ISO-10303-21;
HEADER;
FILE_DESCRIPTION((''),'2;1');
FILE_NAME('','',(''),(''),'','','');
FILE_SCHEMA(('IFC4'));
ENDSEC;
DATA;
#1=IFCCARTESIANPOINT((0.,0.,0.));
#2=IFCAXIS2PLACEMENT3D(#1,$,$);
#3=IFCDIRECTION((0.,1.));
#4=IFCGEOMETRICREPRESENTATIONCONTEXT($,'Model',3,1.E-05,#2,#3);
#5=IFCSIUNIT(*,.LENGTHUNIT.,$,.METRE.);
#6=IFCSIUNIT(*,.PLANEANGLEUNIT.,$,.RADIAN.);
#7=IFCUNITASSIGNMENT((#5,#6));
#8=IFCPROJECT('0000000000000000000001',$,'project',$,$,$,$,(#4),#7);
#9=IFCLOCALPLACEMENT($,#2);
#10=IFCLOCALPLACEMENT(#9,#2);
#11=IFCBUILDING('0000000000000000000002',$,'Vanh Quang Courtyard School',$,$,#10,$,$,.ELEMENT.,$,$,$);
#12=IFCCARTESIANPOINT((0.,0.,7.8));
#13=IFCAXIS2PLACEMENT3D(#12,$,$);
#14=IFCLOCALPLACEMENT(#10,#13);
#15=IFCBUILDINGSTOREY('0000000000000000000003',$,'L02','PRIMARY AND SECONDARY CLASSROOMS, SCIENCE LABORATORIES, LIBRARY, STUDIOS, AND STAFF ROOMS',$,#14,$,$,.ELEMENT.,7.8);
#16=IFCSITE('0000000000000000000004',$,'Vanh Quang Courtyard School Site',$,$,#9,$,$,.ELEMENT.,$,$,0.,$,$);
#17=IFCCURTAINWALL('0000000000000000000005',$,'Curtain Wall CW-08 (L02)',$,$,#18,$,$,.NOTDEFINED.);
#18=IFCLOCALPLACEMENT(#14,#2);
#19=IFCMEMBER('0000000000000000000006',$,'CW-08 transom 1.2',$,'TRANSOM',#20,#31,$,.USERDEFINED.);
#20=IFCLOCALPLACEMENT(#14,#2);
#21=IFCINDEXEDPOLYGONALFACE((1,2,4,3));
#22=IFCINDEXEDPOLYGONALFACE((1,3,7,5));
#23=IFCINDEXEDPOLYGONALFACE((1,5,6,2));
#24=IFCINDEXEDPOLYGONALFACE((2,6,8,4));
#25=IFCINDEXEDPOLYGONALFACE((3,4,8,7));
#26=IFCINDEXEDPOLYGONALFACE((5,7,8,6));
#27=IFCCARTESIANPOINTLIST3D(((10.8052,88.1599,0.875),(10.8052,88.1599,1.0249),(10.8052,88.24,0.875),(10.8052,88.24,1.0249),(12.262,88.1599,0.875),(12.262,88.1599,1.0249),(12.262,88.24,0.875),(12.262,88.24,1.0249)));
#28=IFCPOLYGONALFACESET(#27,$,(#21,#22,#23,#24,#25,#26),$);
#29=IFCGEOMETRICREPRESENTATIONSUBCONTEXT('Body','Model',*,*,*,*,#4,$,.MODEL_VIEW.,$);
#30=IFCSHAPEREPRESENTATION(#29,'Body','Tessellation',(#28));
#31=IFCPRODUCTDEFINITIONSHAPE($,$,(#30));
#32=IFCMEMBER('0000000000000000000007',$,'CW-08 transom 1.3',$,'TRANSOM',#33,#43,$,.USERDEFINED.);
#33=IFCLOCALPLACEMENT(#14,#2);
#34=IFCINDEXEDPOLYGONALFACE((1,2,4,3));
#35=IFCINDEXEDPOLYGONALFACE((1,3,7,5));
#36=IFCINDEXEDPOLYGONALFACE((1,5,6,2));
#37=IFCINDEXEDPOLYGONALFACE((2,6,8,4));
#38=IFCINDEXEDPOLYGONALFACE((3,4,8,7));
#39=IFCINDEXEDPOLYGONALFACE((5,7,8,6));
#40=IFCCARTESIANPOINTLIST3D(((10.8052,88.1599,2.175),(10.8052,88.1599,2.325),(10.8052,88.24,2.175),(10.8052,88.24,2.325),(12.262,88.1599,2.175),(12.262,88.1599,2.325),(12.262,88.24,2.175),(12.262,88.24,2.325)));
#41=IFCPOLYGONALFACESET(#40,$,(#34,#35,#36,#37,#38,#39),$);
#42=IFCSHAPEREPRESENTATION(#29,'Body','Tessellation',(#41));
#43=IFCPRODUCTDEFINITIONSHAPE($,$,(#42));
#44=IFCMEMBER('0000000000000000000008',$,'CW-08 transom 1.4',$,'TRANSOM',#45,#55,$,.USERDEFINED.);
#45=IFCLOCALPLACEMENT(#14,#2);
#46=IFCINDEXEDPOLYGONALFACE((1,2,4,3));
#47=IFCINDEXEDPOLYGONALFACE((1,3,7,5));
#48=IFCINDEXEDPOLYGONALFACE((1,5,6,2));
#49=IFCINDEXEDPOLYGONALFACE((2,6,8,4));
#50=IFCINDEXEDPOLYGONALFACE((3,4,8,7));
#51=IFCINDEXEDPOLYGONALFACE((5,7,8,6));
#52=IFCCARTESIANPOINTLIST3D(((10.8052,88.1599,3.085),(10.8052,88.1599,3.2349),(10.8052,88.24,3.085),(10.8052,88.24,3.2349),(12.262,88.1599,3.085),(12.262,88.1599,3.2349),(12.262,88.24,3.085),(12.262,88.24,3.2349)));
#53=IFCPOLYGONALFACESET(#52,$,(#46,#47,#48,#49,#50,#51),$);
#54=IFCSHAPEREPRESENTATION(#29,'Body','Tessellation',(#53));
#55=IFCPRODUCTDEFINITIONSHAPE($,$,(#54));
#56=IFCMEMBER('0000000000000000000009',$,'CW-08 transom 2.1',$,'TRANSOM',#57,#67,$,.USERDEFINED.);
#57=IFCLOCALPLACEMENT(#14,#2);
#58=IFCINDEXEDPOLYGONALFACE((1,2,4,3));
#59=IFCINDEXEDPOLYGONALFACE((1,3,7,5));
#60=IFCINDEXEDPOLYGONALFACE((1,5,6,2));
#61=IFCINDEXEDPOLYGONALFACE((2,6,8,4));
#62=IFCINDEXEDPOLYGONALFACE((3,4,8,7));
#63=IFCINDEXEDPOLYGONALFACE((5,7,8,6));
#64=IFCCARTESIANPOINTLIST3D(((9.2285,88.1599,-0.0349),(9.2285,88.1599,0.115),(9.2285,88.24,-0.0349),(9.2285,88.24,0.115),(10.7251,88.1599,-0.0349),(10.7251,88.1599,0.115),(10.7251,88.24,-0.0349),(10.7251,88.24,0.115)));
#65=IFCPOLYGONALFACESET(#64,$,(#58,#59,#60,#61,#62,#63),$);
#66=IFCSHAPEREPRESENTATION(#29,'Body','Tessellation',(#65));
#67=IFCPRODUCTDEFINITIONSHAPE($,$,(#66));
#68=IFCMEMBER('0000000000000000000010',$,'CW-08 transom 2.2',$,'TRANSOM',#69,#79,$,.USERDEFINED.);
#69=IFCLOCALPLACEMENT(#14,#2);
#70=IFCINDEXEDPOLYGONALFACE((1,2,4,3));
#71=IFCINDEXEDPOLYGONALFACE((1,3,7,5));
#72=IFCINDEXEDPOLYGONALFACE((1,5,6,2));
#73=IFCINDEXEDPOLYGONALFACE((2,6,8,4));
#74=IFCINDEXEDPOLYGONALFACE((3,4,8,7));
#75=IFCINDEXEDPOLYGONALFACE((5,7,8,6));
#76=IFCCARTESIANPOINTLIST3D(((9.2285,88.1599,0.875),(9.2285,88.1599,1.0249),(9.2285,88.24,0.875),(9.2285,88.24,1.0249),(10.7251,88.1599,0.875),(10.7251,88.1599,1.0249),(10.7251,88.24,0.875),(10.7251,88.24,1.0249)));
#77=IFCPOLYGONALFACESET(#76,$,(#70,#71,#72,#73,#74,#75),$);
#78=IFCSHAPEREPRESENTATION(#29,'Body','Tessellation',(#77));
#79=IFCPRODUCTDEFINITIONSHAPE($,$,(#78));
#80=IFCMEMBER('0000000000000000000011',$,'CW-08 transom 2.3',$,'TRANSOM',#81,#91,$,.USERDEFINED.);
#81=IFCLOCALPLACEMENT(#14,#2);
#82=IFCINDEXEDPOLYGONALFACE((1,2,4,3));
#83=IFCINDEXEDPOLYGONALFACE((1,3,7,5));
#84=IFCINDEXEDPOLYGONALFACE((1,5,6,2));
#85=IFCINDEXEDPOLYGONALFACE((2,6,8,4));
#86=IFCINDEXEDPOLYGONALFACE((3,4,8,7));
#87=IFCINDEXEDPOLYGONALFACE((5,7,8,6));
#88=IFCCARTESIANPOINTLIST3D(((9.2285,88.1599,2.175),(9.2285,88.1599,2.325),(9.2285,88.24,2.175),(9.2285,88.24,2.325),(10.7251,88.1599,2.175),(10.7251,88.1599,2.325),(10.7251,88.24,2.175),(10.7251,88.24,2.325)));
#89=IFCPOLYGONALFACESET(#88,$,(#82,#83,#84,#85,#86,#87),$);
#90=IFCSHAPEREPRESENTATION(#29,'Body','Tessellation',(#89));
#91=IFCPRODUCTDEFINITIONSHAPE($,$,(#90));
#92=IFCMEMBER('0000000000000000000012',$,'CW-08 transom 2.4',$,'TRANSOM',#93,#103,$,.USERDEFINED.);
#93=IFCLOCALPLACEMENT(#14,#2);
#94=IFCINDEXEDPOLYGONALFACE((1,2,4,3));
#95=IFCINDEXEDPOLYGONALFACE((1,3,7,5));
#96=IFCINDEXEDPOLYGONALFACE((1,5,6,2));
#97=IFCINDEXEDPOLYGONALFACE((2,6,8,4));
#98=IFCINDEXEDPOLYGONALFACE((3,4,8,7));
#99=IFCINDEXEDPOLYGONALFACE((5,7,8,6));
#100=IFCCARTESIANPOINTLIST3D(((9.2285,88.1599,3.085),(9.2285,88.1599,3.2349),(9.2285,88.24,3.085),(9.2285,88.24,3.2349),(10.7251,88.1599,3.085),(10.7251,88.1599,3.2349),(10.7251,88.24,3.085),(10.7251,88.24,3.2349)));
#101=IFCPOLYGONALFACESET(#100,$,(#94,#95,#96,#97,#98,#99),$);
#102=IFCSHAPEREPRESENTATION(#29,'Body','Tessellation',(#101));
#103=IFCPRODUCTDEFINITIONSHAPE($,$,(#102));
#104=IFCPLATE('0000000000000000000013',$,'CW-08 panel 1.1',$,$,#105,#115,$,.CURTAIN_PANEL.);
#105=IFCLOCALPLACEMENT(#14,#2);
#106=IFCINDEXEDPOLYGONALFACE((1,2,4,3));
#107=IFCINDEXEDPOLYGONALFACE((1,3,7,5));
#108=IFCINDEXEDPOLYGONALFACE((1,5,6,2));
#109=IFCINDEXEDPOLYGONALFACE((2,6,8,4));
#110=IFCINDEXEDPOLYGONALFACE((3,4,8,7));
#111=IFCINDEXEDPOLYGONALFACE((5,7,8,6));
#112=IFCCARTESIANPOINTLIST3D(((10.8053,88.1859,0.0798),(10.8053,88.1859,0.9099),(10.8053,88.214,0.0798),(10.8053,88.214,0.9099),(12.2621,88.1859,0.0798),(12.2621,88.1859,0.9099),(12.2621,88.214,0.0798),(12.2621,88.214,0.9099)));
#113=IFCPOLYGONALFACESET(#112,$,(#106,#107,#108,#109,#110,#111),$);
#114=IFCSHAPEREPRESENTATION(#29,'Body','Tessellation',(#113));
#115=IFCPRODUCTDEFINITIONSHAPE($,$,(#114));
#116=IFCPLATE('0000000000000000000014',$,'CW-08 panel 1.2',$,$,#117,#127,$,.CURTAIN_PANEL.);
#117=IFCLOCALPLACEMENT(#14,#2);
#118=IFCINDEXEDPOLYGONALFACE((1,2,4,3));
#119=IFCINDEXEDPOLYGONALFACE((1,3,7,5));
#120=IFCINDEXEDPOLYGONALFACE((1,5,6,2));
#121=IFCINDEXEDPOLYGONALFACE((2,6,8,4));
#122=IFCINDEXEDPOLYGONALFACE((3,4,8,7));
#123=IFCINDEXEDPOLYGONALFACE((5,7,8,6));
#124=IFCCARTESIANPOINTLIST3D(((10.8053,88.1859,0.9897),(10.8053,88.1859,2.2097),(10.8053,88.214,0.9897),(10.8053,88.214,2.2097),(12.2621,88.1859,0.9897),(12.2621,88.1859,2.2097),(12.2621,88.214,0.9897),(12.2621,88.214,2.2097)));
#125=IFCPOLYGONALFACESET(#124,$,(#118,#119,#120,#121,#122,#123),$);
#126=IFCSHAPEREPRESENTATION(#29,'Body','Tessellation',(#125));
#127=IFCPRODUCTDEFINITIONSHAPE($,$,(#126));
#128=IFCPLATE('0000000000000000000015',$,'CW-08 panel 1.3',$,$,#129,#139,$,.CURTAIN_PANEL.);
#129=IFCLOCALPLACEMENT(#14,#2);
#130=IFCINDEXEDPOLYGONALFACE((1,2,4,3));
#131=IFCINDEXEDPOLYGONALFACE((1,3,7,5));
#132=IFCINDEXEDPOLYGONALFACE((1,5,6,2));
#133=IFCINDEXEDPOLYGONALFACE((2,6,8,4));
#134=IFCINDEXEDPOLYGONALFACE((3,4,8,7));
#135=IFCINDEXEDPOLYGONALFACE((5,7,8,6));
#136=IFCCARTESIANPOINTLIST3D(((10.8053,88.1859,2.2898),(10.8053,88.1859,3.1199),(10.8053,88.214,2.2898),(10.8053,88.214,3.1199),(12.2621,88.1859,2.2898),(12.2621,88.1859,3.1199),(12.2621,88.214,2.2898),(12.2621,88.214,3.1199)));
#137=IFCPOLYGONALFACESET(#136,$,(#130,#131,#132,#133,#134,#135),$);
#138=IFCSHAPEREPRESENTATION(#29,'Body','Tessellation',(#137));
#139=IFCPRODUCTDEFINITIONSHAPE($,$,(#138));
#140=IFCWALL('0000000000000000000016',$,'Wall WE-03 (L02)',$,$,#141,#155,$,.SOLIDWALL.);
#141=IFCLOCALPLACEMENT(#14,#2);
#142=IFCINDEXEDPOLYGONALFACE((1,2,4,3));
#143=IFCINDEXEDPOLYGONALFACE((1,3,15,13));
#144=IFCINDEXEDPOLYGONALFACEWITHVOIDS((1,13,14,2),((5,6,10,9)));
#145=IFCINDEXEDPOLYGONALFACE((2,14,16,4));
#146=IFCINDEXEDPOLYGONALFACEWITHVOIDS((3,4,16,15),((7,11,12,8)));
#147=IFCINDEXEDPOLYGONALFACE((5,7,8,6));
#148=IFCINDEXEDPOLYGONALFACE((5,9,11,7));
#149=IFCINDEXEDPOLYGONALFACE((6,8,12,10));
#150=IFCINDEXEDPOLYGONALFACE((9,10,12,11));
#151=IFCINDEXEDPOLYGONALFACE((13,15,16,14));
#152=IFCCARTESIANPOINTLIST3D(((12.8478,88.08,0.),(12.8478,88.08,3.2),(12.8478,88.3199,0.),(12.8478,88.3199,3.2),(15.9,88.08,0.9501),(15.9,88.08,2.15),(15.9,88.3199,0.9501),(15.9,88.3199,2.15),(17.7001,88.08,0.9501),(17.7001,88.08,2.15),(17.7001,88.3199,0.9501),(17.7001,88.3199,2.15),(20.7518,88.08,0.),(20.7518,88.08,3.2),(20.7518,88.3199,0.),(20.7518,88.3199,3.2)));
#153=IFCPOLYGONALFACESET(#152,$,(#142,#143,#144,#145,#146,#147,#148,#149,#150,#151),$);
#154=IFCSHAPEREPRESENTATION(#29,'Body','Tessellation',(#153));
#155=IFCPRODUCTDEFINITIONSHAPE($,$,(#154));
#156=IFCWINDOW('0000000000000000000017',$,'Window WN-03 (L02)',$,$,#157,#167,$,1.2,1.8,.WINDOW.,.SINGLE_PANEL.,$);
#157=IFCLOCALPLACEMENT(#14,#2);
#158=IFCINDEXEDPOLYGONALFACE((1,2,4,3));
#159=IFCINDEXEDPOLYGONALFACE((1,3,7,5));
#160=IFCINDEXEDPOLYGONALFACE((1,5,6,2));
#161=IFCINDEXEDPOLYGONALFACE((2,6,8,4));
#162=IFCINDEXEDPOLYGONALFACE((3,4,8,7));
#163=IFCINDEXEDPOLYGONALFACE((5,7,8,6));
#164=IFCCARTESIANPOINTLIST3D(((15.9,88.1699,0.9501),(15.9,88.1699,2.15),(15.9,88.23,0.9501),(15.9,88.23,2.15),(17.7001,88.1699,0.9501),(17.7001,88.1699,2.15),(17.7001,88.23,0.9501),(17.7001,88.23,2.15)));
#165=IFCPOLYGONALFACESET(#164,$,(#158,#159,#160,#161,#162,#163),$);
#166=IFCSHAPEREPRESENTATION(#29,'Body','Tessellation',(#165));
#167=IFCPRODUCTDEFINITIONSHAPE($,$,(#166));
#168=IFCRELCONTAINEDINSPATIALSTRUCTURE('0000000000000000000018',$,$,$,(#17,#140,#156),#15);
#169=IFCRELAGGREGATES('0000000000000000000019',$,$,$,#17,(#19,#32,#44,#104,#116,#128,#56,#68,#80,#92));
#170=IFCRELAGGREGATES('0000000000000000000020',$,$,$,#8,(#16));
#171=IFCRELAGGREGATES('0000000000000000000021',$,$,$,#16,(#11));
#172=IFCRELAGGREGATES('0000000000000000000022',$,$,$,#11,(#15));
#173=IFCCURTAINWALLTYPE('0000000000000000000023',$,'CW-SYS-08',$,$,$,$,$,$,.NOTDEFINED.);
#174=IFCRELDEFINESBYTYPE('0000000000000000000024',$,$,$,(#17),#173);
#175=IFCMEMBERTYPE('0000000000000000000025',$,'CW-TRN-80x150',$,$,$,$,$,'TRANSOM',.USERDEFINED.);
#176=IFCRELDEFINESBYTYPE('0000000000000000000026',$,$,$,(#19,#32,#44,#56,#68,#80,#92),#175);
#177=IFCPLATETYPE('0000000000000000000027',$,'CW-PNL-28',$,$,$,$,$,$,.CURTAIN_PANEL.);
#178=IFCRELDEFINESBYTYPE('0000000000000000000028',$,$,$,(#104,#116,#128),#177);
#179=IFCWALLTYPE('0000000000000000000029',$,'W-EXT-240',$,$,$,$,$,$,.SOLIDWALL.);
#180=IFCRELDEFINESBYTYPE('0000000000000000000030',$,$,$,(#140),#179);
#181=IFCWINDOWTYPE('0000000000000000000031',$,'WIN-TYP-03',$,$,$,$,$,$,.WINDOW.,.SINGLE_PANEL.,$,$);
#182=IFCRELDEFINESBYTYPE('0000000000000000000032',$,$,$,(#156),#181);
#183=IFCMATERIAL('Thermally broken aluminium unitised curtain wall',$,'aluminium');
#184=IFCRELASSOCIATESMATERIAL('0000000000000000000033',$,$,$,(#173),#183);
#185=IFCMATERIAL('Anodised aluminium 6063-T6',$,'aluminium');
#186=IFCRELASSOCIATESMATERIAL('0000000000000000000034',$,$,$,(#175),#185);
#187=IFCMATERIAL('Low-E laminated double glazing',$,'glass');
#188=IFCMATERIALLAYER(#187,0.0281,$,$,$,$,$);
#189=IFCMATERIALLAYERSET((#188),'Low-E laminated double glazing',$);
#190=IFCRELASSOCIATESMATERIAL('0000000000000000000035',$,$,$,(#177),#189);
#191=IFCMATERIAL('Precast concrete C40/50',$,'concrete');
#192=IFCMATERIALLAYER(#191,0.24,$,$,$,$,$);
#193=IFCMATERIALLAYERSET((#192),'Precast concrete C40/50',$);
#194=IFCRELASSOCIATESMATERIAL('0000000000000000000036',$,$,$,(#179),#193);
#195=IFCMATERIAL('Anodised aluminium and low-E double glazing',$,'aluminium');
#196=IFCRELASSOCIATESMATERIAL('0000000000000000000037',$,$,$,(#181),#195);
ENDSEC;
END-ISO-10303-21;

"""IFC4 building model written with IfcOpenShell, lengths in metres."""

from ifc_helpers import new_model, si_unit, direction, frame, frame_2d, origin, origin_2d, place, context, subcontext, project, spatial, rectangle, extrude, material, layer, layer_set, material_profile, profile_set, type_object, element, fill, aggregate, save


model = new_model("IFC4")

# Units and contexts
model_context = context("Model", 3, precision=1e-05, world=origin(), true_north=direction((0.0, 1.0)))
body_context = subcontext(model_context, "Body", "Model", "MODEL_VIEW")
ifc_project = project(units=[si_unit("LENGTHUNIT", "METRE"), si_unit("PLANEANGLEUNIT", "RADIAN")], contexts=[model_context])

# Site, building, storey
site_placement = place(None, origin())
site = spatial("IfcSite", under=ifc_project, at=site_placement, Name="Vanh Quang Courtyard School Site", CompositionType="ELEMENT", RefElevation=0.0)
building_placement = place(site_placement, origin())
building = spatial("IfcBuilding", under=site, at=building_placement, Name="Vanh Quang Courtyard School", CompositionType="ELEMENT")
storey_placement = place(building_placement, frame((0.0, 0.0, 7.8)))
storey = spatial("IfcBuildingStorey", under=building, at=storey_placement, Name="L02", Description="PRIMARY AND SECONDARY CLASSROOMS, SCIENCE LABORATORIES, LIBRARY, STUDIOS, AND STAFF ROOMS", CompositionType="ELEMENT", Elevation=7.8)

# Curtain wall, members, plates
ifc_material_1 = material(Name="Thermally broken aluminium unitised curtain wall", Category="aluminium")
curtain_wall_type = type_object("IfcCurtainWallType", Name="CW-SYS-08", PredefinedType="NOTDEFINED", material=ifc_material_1)
curtain_wall_placement = place(storey_placement, origin())
curtain_wall = element("IfcCurtainWall", 1, at=curtain_wall_placement, inside=storey, type_object=curtain_wall_type, Name="Curtain Wall CW-08 (L02)", PredefinedType="NOTDEFINED")
ifc_material_2 = material(Name="Anodised aluminium 6063-T6", Category="aluminium")
ifc_material_profile_1 = material_profile(ifc_material_2, rectangle(XDim=0.0801, YDim=0.1499, at=origin_2d()), Name="ALU-TRN 80x150")
ifc_profile_set_1 = profile_set([ifc_material_profile_1], Name="Anodised aluminium 6063-T6")
member_type_1 = type_object("IfcMemberType", Name="CW-TRN-80x150", ElementType="TRANSOM", PredefinedType="USERDEFINED", material=ifc_profile_set_1)
member_1_placement = place(storey_placement, frame((12.262, 88.2, 0.95), z_axis=(-1.0, 0.0, 0.0), x_axis=(0.0, -1.0, 0.0)))
member_1 = element("IfcMember", 2, at=member_1_placement, type_object=member_type_1, Name="CW-08 transom 1.2", ObjectType="TRANSOM", PredefinedType="USERDEFINED", context=body_context, shape_type="SweptSolid", body=[
    extrude(rectangle(XDim=0.0801, YDim=0.1499, at=origin_2d()), origin(), (0.0, 0.0, 1.0), 1.4568),
])
member_2_placement = place(storey_placement, frame((12.262, 88.2, 2.25), z_axis=(-1.0, 0.0, 0.0), x_axis=(0.0, -1.0, 0.0)))
member_2 = element("IfcMember", 3, at=member_2_placement, type_object=member_type_1, Name="CW-08 transom 1.3", ObjectType="TRANSOM", PredefinedType="USERDEFINED", context=body_context, shape_type="SweptSolid", body=[
    extrude(rectangle(XDim=0.0801, YDim=0.1499, at=origin_2d()), origin(), (0.0, 0.0, 1.0), 1.4568),
])
member_3_placement = place(storey_placement, frame((12.262, 88.2, 3.1599), z_axis=(-1.0, 0.0, 0.0), x_axis=(0.0, -1.0, 0.0)))
member_3 = element("IfcMember", 4, at=member_3_placement, type_object=member_type_1, Name="CW-08 transom 1.4", ObjectType="TRANSOM", PredefinedType="USERDEFINED", context=body_context, shape_type="SweptSolid", body=[
    extrude(rectangle(XDim=0.0801, YDim=0.1499, at=origin_2d()), origin(), (0.0, 0.0, 1.0), 1.4568),
])
member_4_placement = place(storey_placement, frame((10.7251, 88.2, 0.04), z_axis=(-1.0, 0.0, 0.0), x_axis=(0.0, -1.0, 0.0)))
member_4 = element("IfcMember", 5, at=member_4_placement, type_object=member_type_1, Name="CW-08 transom 2.1", ObjectType="TRANSOM", PredefinedType="USERDEFINED", context=body_context, shape_type="SweptSolid", body=[
    extrude(rectangle(XDim=0.0801, YDim=0.1499, at=origin_2d()), origin(), (0.0, 0.0, 1.0), 1.4966),
])
member_5_placement = place(storey_placement, frame((10.7251, 88.2, 0.95), z_axis=(-1.0, 0.0, 0.0), x_axis=(0.0, -1.0, 0.0)))
member_5 = element("IfcMember", 6, at=member_5_placement, type_object=member_type_1, Name="CW-08 transom 2.2", ObjectType="TRANSOM", PredefinedType="USERDEFINED", context=body_context, shape_type="SweptSolid", body=[
    extrude(rectangle(XDim=0.0801, YDim=0.1499, at=origin_2d()), origin(), (0.0, 0.0, 1.0), 1.4966),
])
member_6_placement = place(storey_placement, frame((10.7251, 88.2, 2.25), z_axis=(-1.0, 0.0, 0.0), x_axis=(0.0, -1.0, 0.0)))
member_6 = element("IfcMember", 7, at=member_6_placement, type_object=member_type_1, Name="CW-08 transom 2.3", ObjectType="TRANSOM", PredefinedType="USERDEFINED", context=body_context, shape_type="SweptSolid", body=[
    extrude(rectangle(XDim=0.0801, YDim=0.1499, at=origin_2d()), origin(), (0.0, 0.0, 1.0), 1.4966),
])
member_7_placement = place(storey_placement, frame((10.7251, 88.2, 3.1599), z_axis=(-1.0, 0.0, 0.0), x_axis=(0.0, -1.0, 0.0)))
member_7 = element("IfcMember", 8, at=member_7_placement, type_object=member_type_1, Name="CW-08 transom 2.4", ObjectType="TRANSOM", PredefinedType="USERDEFINED", context=body_context, shape_type="SweptSolid", body=[
    extrude(rectangle(XDim=0.0801, YDim=0.1499, at=origin_2d()), origin(), (0.0, 0.0, 1.0), 1.4966),
])
ifc_material_3 = material(Name="Low-E laminated double glazing", Category="glass")
ifc_layer_1 = layer(ifc_material_3, 0.0281)
ifc_layer_set_1 = layer_set([ifc_layer_1], Name="Low-E laminated double glazing")
plate_type = type_object("IfcPlateType", Name="CW-PNL-28", PredefinedType="CURTAIN_PANEL", material=ifc_layer_set_1)
plate_1_placement = place(storey_placement, frame((11.5337, 88.2, 0.0798), z_axis=(0.0, 0.0, 1.0), x_axis=(-1.0, 0.0, 0.0)))
plate_1 = element("IfcPlate", 9, at=plate_1_placement, type_object=plate_type, Name="CW-08 panel 1.1", PredefinedType="CURTAIN_PANEL", context=body_context, shape_type="SweptSolid", body=[
    extrude(rectangle(XDim=1.4568, YDim=0.0281, at=origin_2d()), origin(), (0.0, 0.0, 1.0), 0.8301),
])
plate_2_placement = place(storey_placement, frame((11.5337, 88.2, 0.9897), z_axis=(0.0, 0.0, 1.0), x_axis=(-1.0, 0.0, 0.0)))
plate_2 = element("IfcPlate", 10, at=plate_2_placement, type_object=plate_type, Name="CW-08 panel 1.2", PredefinedType="CURTAIN_PANEL", context=body_context, shape_type="SweptSolid", body=[
    extrude(rectangle(XDim=1.4568, YDim=0.0281, at=origin_2d()), origin(), (0.0, 0.0, 1.0), 1.22),
])
plate_3_placement = place(storey_placement, frame((11.5337, 88.2, 2.2898), z_axis=(0.0, 0.0, 1.0), x_axis=(-1.0, 0.0, 0.0)))
plate_3 = element("IfcPlate", 11, at=plate_3_placement, type_object=plate_type, Name="CW-08 panel 1.3", PredefinedType="CURTAIN_PANEL", context=body_context, shape_type="SweptSolid", body=[
    extrude(rectangle(XDim=1.4568, YDim=0.0281, at=origin_2d()), origin(), (0.0, 0.0, 1.0), 0.8301),
])
aggregate(curtain_wall, [member_1, member_2, member_3, plate_1, plate_2, plate_3, member_4, member_5, member_6, member_7])

# Wall, opening, window
ifc_material_4 = material(Name="Precast concrete C40/50", Category="concrete")
ifc_layer_2 = layer(ifc_material_4, 0.24)
ifc_layer_set_2 = layer_set([ifc_layer_2], Name="Precast concrete C40/50")
wall_type = type_object("IfcWallType", Name="W-EXT-240", PredefinedType="SOLIDWALL", material=ifc_layer_set_2)
wall_1_placement = place(storey_placement, frame((20.752, 88.2, 0.0), z_axis=(0.0, 0.0, 1.0), x_axis=(-1.0, 0.0, 0.0)))
wall_1 = element("IfcWall", 12, at=wall_1_placement, inside=storey, type_object=wall_type, Name="Wall WE-03 (L02)", PredefinedType="SOLIDWALL", context=body_context, shape_type="SweptSolid", body=[
    extrude(rectangle(XDim=7.9041, YDim=0.24, at=frame_2d((3.9521, 0.0))), origin(), (0.0, 0.0, 1.0), 3.2),
])
opening_1_placement = place(wall_1_placement, frame((3.052, 0.0, 0.95)))
opening_1 = element("IfcOpeningElement", 13, at=opening_1_placement, cuts=wall_1, PredefinedType="OPENING", context=body_context, shape_type="SweptSolid", body=[
    extrude(rectangle(XDim=1.8, YDim=1.2, at=frame_2d((0.8999, 0.6001))), frame((0.0, 0.1299, 0.0), z_axis=(0.0, -1.0, 0.0), x_axis=(1.0, 0.0, 0.0)), (0.0, 0.0, 1.0), 0.26),
])
ifc_material_5 = material(Name="Anodised aluminium and low-E double glazing", Category="aluminium")
window_type_1 = type_object("IfcWindowType", Name="WIN-TYP-03", PartitioningType="SINGLE_PANEL", PredefinedType="WINDOW", material=ifc_material_5)
window_1_placement = place(opening_1_placement, origin())
window_1 = element("IfcWindow", 14, at=window_1_placement, inside=storey, type_object=window_type_1, Name="Window WN-03 (L02)", OverallHeight=1.2, OverallWidth=1.8, PartitioningType="SINGLE_PANEL", PredefinedType="WINDOW", context=body_context, shape_type="SweptSolid", body=[
    extrude(rectangle(XDim=1.8, YDim=1.2, at=frame_2d((0.8999, 0.6001))), frame((0.0, 0.03, 0.0), z_axis=(0.0, -1.0, 0.0), x_axis=(1.0, 0.0, 0.0)), (0.0, 0.0, 1.0), 0.0601),
])
fill(opening_1, window_1)

save(model, "model.ifc")
